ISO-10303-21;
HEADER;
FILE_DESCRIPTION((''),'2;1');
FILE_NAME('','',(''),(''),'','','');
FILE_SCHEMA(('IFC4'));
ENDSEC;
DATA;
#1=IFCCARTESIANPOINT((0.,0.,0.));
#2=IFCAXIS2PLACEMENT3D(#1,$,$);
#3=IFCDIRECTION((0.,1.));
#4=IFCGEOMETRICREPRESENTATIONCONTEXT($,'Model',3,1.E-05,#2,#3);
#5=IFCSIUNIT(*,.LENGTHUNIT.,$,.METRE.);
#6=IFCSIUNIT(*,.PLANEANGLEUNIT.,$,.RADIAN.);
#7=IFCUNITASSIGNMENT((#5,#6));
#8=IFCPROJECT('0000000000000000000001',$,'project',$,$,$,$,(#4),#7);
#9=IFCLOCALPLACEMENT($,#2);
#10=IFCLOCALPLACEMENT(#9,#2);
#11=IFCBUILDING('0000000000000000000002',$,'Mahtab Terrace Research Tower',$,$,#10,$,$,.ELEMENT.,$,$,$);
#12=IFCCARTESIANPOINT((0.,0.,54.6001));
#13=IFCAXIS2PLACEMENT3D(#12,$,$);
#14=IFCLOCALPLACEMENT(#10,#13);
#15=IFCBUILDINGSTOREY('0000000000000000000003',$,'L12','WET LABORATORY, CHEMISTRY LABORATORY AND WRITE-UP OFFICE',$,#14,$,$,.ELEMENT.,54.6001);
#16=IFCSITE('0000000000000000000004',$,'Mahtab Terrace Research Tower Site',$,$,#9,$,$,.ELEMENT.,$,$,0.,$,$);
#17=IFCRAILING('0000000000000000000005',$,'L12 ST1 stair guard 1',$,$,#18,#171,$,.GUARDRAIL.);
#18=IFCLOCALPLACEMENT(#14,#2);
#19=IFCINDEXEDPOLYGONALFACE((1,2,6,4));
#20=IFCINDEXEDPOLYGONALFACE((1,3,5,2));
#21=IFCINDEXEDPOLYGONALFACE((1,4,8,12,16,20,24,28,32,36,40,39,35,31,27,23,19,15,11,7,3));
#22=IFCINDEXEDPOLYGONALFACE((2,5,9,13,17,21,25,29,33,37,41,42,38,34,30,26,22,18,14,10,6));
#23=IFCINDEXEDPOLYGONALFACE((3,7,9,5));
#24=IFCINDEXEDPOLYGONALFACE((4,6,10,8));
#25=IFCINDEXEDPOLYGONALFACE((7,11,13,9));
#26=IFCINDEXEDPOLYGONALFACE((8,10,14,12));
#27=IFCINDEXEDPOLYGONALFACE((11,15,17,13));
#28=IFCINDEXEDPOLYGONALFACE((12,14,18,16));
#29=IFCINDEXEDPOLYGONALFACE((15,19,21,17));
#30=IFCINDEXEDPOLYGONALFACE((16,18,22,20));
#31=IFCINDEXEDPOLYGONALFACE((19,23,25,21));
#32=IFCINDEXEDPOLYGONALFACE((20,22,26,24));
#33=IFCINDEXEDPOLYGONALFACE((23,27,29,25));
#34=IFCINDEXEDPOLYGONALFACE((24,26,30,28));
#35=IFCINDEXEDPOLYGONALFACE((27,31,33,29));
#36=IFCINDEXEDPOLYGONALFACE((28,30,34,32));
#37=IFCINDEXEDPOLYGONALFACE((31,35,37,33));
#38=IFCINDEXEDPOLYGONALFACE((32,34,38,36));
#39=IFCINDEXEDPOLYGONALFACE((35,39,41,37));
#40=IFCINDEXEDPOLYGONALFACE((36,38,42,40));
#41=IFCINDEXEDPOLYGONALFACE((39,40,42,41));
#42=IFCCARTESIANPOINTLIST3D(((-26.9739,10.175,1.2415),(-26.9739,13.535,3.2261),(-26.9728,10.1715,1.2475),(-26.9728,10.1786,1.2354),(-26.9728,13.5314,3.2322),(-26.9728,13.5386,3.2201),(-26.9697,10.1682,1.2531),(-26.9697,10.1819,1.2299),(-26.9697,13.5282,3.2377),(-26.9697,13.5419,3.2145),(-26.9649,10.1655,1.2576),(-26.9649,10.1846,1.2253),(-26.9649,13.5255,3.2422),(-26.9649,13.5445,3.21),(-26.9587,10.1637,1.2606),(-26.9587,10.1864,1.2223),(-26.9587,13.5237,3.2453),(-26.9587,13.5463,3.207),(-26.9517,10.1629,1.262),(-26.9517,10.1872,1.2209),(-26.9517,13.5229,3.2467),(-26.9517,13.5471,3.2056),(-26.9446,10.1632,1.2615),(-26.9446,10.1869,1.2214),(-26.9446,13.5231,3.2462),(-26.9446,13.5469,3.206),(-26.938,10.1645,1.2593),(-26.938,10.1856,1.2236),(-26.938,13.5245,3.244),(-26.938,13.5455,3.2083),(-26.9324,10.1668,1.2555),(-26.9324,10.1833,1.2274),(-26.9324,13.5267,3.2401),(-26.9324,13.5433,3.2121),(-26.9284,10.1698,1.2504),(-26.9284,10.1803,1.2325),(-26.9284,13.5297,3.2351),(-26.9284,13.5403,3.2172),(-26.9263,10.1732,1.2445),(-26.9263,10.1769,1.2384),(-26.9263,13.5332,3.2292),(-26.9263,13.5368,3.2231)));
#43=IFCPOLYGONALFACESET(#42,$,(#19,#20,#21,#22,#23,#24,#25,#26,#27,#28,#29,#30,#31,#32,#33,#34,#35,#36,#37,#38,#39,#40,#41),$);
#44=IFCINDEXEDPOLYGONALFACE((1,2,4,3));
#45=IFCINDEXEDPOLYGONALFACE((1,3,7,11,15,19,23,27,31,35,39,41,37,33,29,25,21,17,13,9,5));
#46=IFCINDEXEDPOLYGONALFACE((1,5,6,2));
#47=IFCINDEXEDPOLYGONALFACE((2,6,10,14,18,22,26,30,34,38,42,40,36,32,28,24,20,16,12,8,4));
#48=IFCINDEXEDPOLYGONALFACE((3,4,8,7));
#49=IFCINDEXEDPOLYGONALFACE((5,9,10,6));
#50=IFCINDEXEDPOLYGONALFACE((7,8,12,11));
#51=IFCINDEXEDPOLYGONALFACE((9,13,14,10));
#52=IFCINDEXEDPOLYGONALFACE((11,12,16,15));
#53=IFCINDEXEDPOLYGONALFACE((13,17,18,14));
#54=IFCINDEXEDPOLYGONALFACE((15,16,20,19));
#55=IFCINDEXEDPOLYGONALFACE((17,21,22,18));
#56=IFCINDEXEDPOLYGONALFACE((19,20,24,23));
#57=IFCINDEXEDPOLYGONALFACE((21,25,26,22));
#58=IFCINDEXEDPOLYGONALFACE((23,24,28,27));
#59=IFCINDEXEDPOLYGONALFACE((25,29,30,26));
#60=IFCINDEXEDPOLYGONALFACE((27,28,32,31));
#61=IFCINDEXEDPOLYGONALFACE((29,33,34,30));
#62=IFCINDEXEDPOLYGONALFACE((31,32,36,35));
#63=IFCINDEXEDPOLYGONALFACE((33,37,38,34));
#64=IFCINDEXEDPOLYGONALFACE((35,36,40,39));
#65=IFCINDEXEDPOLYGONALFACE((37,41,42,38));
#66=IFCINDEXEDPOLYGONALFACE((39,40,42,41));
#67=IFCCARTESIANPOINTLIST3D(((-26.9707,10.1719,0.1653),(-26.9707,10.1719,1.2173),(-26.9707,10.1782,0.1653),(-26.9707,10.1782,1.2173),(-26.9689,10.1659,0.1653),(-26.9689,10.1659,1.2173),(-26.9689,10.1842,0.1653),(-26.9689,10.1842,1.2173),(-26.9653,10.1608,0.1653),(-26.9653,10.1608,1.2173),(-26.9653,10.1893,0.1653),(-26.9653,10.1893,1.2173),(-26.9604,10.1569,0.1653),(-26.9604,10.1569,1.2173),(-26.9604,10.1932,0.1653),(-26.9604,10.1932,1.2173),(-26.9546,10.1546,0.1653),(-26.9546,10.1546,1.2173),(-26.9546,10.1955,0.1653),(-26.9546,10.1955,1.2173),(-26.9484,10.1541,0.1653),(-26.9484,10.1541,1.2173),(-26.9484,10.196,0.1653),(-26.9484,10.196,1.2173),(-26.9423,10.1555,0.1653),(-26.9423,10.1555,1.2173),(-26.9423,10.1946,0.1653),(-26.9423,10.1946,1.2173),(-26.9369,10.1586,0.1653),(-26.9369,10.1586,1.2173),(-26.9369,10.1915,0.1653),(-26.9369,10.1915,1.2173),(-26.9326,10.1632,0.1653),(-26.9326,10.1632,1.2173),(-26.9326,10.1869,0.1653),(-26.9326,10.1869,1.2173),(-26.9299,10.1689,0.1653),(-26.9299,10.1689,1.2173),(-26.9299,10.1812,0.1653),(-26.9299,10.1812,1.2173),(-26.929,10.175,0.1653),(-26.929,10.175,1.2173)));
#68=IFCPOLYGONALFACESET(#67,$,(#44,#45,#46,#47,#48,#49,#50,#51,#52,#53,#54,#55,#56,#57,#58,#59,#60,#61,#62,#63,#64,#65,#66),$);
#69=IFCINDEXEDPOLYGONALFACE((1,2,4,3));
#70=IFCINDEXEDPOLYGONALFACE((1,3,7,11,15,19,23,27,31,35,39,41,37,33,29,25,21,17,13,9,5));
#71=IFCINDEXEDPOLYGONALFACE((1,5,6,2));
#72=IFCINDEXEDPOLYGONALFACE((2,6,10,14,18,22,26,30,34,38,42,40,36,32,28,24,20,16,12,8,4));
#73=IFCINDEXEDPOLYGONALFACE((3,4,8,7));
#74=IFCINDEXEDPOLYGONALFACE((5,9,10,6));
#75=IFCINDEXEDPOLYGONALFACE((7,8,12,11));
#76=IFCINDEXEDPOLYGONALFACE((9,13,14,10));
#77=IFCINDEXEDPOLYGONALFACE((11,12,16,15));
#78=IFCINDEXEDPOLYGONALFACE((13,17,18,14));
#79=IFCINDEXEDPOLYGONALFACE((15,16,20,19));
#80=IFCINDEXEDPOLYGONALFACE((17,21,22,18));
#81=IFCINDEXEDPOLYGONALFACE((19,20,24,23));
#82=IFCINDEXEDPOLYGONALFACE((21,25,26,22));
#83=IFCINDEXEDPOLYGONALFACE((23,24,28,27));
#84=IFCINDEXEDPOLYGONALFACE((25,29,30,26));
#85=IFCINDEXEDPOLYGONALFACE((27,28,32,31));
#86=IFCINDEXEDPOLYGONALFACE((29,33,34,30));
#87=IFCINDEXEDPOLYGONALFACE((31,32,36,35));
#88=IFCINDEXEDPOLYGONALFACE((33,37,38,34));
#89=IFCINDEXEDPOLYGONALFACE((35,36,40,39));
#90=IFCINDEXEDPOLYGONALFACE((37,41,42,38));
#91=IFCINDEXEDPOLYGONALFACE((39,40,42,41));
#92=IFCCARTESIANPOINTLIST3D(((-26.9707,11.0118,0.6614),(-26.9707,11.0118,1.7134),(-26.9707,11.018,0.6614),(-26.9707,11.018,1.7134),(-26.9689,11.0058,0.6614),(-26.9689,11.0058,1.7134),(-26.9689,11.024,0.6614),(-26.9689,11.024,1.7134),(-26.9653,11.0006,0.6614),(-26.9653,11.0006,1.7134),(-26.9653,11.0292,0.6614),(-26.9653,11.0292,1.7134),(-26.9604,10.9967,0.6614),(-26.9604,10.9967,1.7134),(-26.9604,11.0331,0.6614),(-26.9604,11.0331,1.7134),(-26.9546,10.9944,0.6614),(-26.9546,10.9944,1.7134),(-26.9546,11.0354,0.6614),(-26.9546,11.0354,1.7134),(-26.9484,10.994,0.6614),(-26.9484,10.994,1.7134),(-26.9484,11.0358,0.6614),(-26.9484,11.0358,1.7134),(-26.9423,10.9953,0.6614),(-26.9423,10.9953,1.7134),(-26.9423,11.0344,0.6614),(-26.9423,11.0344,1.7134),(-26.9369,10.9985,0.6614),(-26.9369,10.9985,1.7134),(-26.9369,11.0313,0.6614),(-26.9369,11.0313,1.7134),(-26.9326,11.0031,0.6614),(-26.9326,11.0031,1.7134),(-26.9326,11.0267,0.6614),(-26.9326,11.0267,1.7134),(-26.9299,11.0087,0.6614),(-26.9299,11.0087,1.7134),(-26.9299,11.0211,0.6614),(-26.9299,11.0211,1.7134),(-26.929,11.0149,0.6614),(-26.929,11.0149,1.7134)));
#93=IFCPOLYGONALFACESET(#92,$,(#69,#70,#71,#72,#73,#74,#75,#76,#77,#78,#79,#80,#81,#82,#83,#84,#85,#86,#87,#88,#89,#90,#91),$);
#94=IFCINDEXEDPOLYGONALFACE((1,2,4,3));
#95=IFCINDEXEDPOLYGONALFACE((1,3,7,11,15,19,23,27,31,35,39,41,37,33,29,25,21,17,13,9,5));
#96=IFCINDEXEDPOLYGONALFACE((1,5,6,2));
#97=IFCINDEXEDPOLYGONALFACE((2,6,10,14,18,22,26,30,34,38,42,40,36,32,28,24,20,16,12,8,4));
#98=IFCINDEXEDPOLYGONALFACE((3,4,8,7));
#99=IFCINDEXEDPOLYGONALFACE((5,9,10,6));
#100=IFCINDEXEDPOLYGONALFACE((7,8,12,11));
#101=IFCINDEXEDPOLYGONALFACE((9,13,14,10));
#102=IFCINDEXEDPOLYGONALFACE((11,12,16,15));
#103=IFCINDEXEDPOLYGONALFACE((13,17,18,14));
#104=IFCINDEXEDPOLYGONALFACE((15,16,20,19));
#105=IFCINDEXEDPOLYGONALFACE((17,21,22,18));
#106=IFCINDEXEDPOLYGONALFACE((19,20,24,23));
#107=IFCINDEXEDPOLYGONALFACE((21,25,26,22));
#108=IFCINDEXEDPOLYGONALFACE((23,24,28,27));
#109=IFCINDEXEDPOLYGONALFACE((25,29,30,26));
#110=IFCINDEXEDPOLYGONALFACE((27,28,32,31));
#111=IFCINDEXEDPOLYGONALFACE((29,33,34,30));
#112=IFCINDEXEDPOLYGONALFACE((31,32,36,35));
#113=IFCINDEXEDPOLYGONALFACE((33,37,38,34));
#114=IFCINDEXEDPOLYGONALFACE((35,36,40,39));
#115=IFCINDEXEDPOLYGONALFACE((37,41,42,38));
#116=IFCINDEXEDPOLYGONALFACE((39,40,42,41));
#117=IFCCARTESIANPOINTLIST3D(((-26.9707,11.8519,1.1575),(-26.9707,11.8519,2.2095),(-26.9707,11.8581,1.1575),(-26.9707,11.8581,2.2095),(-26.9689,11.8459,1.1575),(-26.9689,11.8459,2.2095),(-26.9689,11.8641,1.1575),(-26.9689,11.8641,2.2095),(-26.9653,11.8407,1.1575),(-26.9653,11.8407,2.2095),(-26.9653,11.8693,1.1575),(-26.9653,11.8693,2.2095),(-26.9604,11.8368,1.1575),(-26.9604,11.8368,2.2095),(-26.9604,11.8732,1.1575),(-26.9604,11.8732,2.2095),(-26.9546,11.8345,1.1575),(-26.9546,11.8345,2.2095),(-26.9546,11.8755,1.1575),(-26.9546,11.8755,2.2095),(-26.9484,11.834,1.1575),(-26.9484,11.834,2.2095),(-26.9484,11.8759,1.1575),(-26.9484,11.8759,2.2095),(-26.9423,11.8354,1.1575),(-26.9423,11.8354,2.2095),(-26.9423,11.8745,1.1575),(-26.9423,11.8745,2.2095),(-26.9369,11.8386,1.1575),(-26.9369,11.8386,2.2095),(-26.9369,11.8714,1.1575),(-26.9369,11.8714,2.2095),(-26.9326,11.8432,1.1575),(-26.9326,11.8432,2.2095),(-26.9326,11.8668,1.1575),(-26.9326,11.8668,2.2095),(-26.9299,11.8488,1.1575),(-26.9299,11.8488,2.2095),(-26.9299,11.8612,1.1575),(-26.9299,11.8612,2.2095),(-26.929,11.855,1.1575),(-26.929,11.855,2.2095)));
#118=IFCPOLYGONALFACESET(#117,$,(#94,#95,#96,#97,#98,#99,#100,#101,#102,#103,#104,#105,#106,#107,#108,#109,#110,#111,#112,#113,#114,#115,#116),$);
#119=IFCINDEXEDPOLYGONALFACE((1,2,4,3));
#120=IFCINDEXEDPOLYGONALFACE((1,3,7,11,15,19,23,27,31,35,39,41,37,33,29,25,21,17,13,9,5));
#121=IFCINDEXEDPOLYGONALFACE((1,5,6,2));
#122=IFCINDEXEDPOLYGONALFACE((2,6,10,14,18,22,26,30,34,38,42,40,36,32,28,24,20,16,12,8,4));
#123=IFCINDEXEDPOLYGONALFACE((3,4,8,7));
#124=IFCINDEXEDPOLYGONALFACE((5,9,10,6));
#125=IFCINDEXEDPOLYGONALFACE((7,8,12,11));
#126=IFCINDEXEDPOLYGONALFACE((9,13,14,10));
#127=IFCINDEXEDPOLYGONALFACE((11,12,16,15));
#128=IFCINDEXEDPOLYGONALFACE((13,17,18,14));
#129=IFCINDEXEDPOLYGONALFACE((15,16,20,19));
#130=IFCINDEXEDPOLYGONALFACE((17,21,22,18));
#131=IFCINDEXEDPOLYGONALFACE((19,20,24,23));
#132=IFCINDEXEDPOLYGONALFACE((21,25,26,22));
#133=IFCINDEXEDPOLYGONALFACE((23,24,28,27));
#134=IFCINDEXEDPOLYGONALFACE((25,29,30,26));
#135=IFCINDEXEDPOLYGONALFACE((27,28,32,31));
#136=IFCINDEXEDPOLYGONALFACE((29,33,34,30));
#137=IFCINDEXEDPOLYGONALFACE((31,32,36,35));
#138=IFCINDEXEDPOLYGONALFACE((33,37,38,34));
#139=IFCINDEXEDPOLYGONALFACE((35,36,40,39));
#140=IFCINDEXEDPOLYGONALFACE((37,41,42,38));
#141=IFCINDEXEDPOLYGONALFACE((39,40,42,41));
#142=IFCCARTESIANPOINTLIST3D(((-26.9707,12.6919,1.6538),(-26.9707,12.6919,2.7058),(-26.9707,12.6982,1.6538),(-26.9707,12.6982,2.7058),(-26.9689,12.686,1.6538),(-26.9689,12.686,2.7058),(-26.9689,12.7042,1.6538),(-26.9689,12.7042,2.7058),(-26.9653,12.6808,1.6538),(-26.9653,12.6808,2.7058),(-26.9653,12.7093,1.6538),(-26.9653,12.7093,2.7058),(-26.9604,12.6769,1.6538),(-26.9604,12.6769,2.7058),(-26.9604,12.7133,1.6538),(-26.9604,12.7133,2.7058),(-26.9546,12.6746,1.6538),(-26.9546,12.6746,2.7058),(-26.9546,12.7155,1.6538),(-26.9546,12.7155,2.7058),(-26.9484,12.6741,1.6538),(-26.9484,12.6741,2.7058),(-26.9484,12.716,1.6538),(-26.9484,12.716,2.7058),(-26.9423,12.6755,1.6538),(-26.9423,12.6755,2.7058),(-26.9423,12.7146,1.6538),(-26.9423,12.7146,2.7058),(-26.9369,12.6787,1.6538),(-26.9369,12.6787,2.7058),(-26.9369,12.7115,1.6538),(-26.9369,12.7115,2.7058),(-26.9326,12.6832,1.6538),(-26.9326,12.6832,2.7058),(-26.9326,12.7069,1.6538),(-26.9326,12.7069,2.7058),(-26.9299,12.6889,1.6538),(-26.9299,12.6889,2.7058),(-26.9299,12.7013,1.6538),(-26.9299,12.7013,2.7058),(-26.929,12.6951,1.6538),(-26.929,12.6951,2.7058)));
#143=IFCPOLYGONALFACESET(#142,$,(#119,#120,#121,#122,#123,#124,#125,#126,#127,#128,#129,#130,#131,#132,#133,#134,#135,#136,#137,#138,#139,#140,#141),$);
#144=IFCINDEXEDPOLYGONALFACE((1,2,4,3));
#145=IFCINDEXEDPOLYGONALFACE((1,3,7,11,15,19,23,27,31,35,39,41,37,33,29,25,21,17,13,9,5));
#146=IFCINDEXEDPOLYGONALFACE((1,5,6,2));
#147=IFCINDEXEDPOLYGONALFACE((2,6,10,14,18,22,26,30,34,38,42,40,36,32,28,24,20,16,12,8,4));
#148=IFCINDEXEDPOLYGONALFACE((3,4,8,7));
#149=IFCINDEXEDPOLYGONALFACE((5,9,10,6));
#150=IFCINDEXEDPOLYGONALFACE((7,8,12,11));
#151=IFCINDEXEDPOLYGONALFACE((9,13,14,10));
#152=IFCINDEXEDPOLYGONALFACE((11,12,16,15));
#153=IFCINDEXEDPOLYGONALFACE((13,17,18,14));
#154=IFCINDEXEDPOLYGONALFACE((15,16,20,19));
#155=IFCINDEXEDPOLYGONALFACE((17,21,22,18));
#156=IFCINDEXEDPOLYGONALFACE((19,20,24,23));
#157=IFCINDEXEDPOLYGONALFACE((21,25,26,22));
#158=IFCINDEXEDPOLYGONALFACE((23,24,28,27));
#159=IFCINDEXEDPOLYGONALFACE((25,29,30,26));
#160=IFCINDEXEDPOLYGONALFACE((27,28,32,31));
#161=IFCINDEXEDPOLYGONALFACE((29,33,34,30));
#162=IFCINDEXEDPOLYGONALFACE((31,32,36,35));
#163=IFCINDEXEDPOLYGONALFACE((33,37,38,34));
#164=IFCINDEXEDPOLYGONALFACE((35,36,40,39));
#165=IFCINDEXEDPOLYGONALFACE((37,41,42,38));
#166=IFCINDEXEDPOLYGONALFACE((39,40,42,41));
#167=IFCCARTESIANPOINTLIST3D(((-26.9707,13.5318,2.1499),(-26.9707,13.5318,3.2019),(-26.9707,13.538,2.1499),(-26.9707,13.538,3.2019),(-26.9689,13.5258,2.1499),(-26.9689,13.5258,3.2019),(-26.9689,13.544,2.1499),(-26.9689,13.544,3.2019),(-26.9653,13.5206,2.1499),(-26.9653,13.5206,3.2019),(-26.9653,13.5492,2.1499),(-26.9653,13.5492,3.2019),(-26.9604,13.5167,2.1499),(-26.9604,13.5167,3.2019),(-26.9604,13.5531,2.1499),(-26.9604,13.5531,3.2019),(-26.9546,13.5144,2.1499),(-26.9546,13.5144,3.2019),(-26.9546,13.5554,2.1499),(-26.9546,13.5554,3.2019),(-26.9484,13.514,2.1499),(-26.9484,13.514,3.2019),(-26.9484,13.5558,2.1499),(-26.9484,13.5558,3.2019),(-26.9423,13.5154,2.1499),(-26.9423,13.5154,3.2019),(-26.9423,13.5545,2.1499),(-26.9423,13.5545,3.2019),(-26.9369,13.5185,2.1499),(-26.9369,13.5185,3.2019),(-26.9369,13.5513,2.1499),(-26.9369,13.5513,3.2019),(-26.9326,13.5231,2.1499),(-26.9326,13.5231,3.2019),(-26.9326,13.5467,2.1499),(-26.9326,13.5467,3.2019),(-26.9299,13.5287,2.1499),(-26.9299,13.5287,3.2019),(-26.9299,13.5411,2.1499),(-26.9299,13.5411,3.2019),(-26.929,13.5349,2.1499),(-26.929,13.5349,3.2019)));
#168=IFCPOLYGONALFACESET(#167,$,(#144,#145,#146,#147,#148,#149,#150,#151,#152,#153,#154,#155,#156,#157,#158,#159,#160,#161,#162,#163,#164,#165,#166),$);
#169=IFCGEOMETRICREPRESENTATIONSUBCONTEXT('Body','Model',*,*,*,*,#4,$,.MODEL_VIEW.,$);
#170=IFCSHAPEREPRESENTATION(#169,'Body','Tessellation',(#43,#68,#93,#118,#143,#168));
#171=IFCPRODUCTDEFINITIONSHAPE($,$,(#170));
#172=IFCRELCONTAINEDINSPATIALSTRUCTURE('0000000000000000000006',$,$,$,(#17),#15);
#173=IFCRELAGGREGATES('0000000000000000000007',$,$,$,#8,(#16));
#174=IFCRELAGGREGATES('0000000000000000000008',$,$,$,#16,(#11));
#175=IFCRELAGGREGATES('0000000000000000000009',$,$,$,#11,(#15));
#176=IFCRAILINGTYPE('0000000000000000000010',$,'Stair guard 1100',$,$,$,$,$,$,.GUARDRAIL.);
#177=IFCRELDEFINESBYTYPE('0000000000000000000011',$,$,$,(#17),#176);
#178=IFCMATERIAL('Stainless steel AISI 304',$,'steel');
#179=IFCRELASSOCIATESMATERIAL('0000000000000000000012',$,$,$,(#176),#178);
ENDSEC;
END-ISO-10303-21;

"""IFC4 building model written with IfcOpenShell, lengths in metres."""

from ifc_helpers import new_model, si_unit, direction, frame, origin, origin_2d, place, context, subcontext, project, spatial, circle, extrude, material, type_object, element, save


model = new_model("IFC4")

# Units and contexts
model_context = context("Model", 3, precision=1e-05, world=origin(), true_north=direction((0.0, 1.0)))
body_context = subcontext(model_context, "Body", "Model", "MODEL_VIEW")
ifc_project = project(units=[si_unit("LENGTHUNIT", "METRE"), si_unit("PLANEANGLEUNIT", "RADIAN")], contexts=[model_context])

# Site, building, storey
site_placement = place(None, origin())
site = spatial("IfcSite", under=ifc_project, at=site_placement, Name="Mahtab Terrace Research Tower Site", CompositionType="ELEMENT", RefElevation=0.0)
building_placement = place(site_placement, origin())
building = spatial("IfcBuilding", under=site, at=building_placement, Name="Mahtab Terrace Research Tower", CompositionType="ELEMENT")
storey_placement = place(building_placement, frame((0.0, 0.0, 54.6001)))
storey = spatial("IfcBuildingStorey", under=building, at=storey_placement, Name="L12", Description="WET LABORATORY, CHEMISTRY LABORATORY AND WRITE-UP OFFICE", CompositionType="ELEMENT", Elevation=54.6001)

# Railing
ifc_material_1 = material(Name="Stainless steel AISI 304", Category="steel")
railing_type_1 = type_object("IfcRailingType", Name="Stair guard 1100", PredefinedType="GUARDRAIL", material=ifc_material_1)
railing_1_placement = place(storey_placement, frame((-26.95, 10.175, 0.1653)))
element("IfcRailing", 1, at=railing_1_placement, inside=storey, type_object=railing_type_1, Name="L12 ST1 stair guard 1", PredefinedType="GUARDRAIL", context=body_context, shape_type="SweptSolid", body=[
    extrude(circle(Radius=0.0239, at=origin_2d()), frame((0.0, 0.0, 1.0762), z_axis=(0.0, 0.861011, 0.508586), x_axis=(-1.0, 0.0, 0.0)), (0.0, 0.0, 1.0), 3.9023),
    extrude(circle(Radius=0.021, at=origin_2d()), origin(), (0.0, 0.0, 1.0), 1.052),
    extrude(circle(Radius=0.021, at=origin_2d()), frame((0.0, 0.8398, 0.4961)), (0.0, 0.0, 1.0), 1.052),
    extrude(circle(Radius=0.021, at=origin_2d()), frame((0.0, 1.6799, 0.9922)), (0.0, 0.0, 1.0), 1.052),
    extrude(circle(Radius=0.021, at=origin_2d()), frame((0.0, 2.52, 1.4885)), (0.0, 0.0, 1.0), 1.052),
    extrude(circle(Radius=0.021, at=origin_2d()), frame((0.0, 3.3599, 1.9846)), (0.0, 0.0, 1.0), 1.052),
])

save(model, "model.ifc")
